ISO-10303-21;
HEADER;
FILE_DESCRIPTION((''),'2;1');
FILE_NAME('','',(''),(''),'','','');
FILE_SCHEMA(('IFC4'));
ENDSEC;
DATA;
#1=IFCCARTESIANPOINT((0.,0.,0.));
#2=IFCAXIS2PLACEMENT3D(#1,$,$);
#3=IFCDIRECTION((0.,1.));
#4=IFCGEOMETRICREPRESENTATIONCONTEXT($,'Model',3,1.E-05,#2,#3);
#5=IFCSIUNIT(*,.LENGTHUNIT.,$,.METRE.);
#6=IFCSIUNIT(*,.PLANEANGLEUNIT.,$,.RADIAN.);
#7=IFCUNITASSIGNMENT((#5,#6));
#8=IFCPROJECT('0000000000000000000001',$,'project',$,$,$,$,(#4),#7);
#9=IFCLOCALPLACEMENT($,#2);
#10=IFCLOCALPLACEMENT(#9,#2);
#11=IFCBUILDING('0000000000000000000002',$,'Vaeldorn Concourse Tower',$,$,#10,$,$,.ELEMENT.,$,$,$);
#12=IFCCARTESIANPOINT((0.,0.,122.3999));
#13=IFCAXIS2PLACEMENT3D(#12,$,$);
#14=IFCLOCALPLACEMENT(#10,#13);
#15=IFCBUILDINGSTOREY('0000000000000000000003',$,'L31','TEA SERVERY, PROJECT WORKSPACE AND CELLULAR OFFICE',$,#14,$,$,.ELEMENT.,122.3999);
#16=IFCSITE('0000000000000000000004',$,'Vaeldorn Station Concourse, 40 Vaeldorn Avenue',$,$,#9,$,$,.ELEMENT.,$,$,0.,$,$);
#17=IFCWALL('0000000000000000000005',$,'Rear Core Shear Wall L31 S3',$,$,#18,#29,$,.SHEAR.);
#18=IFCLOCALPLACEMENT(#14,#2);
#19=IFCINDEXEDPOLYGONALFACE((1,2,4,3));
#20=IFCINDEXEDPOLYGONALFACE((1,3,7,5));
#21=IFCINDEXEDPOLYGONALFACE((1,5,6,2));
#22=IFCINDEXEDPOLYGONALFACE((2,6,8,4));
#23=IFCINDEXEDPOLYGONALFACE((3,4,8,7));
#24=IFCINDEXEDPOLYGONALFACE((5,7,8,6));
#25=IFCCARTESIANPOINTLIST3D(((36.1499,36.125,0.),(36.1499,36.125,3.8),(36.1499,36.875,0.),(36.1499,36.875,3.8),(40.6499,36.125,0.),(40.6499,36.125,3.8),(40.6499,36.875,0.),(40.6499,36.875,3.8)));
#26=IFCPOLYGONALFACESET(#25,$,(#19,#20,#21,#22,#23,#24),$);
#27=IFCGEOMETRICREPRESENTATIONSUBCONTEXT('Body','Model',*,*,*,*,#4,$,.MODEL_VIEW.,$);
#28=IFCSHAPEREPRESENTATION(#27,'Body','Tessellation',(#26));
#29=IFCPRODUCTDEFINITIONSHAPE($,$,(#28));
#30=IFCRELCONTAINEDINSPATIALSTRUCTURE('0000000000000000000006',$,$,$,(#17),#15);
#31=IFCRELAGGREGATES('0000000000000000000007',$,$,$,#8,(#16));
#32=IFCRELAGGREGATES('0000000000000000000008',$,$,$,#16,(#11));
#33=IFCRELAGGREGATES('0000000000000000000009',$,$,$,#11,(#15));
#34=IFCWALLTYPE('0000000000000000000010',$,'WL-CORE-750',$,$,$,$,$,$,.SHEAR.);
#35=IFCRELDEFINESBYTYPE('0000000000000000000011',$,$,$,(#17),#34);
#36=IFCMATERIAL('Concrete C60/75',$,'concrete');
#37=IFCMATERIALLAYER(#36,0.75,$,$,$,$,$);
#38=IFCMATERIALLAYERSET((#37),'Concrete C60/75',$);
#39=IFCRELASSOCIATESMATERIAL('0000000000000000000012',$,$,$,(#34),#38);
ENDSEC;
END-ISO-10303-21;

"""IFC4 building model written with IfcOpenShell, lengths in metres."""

from ifc_helpers import new_model, si_unit, direction, frame, frame_2d, origin, place, context, subcontext, project, spatial, rectangle, extrude, material, layer, layer_set, type_object, element, save


model = new_model("IFC4")

# Units and contexts
model_context = context("Model", 3, precision=1e-05, world=origin(), true_north=direction((0.0, 1.0)))
body_context = subcontext(model_context, "Body", "Model", "MODEL_VIEW")
ifc_project = project(units=[si_unit("LENGTHUNIT", "METRE"), si_unit("PLANEANGLEUNIT", "RADIAN")], contexts=[model_context])

# Site, building, storey
site_placement = place(None, origin())
site = spatial("IfcSite", under=ifc_project, at=site_placement, Name="Vaeldorn Station Concourse, 40 Vaeldorn Avenue", CompositionType="ELEMENT", RefElevation=0.0)
building_placement = place(site_placement, origin())
building = spatial("IfcBuilding", under=site, at=building_placement, Name="Vaeldorn Concourse Tower", CompositionType="ELEMENT")
storey_placement = place(building_placement, frame((0.0, 0.0, 122.3999)))
storey = spatial("IfcBuildingStorey", under=building, at=storey_placement, Name="L31", Description="TEA SERVERY, PROJECT WORKSPACE AND CELLULAR OFFICE", CompositionType="ELEMENT", Elevation=122.3999)

# Shared definitions
ifc_material_1 = material(Name="Concrete C60/75", Category="concrete")

# Wall
ifc_layer = layer(ifc_material_1, 0.75)
ifc_layer_set = layer_set([ifc_layer], Name="Concrete C60/75")
wall_type = type_object("IfcWallType", Name="WL-CORE-750", PredefinedType="SHEAR", material=ifc_layer_set)
wall_placement = place(storey_placement, frame((36.1499, 36.5, 0.0), z_axis=(0.0, 0.0, 1.0), x_axis=(1.0, 0.0, 0.0)))
element("IfcWall", 1, at=wall_placement, inside=storey, type_object=wall_type, Name="Rear Core Shear Wall L31 S3", PredefinedType="SHEAR", context=body_context, shape_type="SweptSolid", body=[
    extrude(rectangle(XDim=4.5, YDim=0.75, at=frame_2d((2.25, 0.0))), origin(), (0.0, 0.0, 1.0), 3.8),
])

save(model, "model.ifc")
